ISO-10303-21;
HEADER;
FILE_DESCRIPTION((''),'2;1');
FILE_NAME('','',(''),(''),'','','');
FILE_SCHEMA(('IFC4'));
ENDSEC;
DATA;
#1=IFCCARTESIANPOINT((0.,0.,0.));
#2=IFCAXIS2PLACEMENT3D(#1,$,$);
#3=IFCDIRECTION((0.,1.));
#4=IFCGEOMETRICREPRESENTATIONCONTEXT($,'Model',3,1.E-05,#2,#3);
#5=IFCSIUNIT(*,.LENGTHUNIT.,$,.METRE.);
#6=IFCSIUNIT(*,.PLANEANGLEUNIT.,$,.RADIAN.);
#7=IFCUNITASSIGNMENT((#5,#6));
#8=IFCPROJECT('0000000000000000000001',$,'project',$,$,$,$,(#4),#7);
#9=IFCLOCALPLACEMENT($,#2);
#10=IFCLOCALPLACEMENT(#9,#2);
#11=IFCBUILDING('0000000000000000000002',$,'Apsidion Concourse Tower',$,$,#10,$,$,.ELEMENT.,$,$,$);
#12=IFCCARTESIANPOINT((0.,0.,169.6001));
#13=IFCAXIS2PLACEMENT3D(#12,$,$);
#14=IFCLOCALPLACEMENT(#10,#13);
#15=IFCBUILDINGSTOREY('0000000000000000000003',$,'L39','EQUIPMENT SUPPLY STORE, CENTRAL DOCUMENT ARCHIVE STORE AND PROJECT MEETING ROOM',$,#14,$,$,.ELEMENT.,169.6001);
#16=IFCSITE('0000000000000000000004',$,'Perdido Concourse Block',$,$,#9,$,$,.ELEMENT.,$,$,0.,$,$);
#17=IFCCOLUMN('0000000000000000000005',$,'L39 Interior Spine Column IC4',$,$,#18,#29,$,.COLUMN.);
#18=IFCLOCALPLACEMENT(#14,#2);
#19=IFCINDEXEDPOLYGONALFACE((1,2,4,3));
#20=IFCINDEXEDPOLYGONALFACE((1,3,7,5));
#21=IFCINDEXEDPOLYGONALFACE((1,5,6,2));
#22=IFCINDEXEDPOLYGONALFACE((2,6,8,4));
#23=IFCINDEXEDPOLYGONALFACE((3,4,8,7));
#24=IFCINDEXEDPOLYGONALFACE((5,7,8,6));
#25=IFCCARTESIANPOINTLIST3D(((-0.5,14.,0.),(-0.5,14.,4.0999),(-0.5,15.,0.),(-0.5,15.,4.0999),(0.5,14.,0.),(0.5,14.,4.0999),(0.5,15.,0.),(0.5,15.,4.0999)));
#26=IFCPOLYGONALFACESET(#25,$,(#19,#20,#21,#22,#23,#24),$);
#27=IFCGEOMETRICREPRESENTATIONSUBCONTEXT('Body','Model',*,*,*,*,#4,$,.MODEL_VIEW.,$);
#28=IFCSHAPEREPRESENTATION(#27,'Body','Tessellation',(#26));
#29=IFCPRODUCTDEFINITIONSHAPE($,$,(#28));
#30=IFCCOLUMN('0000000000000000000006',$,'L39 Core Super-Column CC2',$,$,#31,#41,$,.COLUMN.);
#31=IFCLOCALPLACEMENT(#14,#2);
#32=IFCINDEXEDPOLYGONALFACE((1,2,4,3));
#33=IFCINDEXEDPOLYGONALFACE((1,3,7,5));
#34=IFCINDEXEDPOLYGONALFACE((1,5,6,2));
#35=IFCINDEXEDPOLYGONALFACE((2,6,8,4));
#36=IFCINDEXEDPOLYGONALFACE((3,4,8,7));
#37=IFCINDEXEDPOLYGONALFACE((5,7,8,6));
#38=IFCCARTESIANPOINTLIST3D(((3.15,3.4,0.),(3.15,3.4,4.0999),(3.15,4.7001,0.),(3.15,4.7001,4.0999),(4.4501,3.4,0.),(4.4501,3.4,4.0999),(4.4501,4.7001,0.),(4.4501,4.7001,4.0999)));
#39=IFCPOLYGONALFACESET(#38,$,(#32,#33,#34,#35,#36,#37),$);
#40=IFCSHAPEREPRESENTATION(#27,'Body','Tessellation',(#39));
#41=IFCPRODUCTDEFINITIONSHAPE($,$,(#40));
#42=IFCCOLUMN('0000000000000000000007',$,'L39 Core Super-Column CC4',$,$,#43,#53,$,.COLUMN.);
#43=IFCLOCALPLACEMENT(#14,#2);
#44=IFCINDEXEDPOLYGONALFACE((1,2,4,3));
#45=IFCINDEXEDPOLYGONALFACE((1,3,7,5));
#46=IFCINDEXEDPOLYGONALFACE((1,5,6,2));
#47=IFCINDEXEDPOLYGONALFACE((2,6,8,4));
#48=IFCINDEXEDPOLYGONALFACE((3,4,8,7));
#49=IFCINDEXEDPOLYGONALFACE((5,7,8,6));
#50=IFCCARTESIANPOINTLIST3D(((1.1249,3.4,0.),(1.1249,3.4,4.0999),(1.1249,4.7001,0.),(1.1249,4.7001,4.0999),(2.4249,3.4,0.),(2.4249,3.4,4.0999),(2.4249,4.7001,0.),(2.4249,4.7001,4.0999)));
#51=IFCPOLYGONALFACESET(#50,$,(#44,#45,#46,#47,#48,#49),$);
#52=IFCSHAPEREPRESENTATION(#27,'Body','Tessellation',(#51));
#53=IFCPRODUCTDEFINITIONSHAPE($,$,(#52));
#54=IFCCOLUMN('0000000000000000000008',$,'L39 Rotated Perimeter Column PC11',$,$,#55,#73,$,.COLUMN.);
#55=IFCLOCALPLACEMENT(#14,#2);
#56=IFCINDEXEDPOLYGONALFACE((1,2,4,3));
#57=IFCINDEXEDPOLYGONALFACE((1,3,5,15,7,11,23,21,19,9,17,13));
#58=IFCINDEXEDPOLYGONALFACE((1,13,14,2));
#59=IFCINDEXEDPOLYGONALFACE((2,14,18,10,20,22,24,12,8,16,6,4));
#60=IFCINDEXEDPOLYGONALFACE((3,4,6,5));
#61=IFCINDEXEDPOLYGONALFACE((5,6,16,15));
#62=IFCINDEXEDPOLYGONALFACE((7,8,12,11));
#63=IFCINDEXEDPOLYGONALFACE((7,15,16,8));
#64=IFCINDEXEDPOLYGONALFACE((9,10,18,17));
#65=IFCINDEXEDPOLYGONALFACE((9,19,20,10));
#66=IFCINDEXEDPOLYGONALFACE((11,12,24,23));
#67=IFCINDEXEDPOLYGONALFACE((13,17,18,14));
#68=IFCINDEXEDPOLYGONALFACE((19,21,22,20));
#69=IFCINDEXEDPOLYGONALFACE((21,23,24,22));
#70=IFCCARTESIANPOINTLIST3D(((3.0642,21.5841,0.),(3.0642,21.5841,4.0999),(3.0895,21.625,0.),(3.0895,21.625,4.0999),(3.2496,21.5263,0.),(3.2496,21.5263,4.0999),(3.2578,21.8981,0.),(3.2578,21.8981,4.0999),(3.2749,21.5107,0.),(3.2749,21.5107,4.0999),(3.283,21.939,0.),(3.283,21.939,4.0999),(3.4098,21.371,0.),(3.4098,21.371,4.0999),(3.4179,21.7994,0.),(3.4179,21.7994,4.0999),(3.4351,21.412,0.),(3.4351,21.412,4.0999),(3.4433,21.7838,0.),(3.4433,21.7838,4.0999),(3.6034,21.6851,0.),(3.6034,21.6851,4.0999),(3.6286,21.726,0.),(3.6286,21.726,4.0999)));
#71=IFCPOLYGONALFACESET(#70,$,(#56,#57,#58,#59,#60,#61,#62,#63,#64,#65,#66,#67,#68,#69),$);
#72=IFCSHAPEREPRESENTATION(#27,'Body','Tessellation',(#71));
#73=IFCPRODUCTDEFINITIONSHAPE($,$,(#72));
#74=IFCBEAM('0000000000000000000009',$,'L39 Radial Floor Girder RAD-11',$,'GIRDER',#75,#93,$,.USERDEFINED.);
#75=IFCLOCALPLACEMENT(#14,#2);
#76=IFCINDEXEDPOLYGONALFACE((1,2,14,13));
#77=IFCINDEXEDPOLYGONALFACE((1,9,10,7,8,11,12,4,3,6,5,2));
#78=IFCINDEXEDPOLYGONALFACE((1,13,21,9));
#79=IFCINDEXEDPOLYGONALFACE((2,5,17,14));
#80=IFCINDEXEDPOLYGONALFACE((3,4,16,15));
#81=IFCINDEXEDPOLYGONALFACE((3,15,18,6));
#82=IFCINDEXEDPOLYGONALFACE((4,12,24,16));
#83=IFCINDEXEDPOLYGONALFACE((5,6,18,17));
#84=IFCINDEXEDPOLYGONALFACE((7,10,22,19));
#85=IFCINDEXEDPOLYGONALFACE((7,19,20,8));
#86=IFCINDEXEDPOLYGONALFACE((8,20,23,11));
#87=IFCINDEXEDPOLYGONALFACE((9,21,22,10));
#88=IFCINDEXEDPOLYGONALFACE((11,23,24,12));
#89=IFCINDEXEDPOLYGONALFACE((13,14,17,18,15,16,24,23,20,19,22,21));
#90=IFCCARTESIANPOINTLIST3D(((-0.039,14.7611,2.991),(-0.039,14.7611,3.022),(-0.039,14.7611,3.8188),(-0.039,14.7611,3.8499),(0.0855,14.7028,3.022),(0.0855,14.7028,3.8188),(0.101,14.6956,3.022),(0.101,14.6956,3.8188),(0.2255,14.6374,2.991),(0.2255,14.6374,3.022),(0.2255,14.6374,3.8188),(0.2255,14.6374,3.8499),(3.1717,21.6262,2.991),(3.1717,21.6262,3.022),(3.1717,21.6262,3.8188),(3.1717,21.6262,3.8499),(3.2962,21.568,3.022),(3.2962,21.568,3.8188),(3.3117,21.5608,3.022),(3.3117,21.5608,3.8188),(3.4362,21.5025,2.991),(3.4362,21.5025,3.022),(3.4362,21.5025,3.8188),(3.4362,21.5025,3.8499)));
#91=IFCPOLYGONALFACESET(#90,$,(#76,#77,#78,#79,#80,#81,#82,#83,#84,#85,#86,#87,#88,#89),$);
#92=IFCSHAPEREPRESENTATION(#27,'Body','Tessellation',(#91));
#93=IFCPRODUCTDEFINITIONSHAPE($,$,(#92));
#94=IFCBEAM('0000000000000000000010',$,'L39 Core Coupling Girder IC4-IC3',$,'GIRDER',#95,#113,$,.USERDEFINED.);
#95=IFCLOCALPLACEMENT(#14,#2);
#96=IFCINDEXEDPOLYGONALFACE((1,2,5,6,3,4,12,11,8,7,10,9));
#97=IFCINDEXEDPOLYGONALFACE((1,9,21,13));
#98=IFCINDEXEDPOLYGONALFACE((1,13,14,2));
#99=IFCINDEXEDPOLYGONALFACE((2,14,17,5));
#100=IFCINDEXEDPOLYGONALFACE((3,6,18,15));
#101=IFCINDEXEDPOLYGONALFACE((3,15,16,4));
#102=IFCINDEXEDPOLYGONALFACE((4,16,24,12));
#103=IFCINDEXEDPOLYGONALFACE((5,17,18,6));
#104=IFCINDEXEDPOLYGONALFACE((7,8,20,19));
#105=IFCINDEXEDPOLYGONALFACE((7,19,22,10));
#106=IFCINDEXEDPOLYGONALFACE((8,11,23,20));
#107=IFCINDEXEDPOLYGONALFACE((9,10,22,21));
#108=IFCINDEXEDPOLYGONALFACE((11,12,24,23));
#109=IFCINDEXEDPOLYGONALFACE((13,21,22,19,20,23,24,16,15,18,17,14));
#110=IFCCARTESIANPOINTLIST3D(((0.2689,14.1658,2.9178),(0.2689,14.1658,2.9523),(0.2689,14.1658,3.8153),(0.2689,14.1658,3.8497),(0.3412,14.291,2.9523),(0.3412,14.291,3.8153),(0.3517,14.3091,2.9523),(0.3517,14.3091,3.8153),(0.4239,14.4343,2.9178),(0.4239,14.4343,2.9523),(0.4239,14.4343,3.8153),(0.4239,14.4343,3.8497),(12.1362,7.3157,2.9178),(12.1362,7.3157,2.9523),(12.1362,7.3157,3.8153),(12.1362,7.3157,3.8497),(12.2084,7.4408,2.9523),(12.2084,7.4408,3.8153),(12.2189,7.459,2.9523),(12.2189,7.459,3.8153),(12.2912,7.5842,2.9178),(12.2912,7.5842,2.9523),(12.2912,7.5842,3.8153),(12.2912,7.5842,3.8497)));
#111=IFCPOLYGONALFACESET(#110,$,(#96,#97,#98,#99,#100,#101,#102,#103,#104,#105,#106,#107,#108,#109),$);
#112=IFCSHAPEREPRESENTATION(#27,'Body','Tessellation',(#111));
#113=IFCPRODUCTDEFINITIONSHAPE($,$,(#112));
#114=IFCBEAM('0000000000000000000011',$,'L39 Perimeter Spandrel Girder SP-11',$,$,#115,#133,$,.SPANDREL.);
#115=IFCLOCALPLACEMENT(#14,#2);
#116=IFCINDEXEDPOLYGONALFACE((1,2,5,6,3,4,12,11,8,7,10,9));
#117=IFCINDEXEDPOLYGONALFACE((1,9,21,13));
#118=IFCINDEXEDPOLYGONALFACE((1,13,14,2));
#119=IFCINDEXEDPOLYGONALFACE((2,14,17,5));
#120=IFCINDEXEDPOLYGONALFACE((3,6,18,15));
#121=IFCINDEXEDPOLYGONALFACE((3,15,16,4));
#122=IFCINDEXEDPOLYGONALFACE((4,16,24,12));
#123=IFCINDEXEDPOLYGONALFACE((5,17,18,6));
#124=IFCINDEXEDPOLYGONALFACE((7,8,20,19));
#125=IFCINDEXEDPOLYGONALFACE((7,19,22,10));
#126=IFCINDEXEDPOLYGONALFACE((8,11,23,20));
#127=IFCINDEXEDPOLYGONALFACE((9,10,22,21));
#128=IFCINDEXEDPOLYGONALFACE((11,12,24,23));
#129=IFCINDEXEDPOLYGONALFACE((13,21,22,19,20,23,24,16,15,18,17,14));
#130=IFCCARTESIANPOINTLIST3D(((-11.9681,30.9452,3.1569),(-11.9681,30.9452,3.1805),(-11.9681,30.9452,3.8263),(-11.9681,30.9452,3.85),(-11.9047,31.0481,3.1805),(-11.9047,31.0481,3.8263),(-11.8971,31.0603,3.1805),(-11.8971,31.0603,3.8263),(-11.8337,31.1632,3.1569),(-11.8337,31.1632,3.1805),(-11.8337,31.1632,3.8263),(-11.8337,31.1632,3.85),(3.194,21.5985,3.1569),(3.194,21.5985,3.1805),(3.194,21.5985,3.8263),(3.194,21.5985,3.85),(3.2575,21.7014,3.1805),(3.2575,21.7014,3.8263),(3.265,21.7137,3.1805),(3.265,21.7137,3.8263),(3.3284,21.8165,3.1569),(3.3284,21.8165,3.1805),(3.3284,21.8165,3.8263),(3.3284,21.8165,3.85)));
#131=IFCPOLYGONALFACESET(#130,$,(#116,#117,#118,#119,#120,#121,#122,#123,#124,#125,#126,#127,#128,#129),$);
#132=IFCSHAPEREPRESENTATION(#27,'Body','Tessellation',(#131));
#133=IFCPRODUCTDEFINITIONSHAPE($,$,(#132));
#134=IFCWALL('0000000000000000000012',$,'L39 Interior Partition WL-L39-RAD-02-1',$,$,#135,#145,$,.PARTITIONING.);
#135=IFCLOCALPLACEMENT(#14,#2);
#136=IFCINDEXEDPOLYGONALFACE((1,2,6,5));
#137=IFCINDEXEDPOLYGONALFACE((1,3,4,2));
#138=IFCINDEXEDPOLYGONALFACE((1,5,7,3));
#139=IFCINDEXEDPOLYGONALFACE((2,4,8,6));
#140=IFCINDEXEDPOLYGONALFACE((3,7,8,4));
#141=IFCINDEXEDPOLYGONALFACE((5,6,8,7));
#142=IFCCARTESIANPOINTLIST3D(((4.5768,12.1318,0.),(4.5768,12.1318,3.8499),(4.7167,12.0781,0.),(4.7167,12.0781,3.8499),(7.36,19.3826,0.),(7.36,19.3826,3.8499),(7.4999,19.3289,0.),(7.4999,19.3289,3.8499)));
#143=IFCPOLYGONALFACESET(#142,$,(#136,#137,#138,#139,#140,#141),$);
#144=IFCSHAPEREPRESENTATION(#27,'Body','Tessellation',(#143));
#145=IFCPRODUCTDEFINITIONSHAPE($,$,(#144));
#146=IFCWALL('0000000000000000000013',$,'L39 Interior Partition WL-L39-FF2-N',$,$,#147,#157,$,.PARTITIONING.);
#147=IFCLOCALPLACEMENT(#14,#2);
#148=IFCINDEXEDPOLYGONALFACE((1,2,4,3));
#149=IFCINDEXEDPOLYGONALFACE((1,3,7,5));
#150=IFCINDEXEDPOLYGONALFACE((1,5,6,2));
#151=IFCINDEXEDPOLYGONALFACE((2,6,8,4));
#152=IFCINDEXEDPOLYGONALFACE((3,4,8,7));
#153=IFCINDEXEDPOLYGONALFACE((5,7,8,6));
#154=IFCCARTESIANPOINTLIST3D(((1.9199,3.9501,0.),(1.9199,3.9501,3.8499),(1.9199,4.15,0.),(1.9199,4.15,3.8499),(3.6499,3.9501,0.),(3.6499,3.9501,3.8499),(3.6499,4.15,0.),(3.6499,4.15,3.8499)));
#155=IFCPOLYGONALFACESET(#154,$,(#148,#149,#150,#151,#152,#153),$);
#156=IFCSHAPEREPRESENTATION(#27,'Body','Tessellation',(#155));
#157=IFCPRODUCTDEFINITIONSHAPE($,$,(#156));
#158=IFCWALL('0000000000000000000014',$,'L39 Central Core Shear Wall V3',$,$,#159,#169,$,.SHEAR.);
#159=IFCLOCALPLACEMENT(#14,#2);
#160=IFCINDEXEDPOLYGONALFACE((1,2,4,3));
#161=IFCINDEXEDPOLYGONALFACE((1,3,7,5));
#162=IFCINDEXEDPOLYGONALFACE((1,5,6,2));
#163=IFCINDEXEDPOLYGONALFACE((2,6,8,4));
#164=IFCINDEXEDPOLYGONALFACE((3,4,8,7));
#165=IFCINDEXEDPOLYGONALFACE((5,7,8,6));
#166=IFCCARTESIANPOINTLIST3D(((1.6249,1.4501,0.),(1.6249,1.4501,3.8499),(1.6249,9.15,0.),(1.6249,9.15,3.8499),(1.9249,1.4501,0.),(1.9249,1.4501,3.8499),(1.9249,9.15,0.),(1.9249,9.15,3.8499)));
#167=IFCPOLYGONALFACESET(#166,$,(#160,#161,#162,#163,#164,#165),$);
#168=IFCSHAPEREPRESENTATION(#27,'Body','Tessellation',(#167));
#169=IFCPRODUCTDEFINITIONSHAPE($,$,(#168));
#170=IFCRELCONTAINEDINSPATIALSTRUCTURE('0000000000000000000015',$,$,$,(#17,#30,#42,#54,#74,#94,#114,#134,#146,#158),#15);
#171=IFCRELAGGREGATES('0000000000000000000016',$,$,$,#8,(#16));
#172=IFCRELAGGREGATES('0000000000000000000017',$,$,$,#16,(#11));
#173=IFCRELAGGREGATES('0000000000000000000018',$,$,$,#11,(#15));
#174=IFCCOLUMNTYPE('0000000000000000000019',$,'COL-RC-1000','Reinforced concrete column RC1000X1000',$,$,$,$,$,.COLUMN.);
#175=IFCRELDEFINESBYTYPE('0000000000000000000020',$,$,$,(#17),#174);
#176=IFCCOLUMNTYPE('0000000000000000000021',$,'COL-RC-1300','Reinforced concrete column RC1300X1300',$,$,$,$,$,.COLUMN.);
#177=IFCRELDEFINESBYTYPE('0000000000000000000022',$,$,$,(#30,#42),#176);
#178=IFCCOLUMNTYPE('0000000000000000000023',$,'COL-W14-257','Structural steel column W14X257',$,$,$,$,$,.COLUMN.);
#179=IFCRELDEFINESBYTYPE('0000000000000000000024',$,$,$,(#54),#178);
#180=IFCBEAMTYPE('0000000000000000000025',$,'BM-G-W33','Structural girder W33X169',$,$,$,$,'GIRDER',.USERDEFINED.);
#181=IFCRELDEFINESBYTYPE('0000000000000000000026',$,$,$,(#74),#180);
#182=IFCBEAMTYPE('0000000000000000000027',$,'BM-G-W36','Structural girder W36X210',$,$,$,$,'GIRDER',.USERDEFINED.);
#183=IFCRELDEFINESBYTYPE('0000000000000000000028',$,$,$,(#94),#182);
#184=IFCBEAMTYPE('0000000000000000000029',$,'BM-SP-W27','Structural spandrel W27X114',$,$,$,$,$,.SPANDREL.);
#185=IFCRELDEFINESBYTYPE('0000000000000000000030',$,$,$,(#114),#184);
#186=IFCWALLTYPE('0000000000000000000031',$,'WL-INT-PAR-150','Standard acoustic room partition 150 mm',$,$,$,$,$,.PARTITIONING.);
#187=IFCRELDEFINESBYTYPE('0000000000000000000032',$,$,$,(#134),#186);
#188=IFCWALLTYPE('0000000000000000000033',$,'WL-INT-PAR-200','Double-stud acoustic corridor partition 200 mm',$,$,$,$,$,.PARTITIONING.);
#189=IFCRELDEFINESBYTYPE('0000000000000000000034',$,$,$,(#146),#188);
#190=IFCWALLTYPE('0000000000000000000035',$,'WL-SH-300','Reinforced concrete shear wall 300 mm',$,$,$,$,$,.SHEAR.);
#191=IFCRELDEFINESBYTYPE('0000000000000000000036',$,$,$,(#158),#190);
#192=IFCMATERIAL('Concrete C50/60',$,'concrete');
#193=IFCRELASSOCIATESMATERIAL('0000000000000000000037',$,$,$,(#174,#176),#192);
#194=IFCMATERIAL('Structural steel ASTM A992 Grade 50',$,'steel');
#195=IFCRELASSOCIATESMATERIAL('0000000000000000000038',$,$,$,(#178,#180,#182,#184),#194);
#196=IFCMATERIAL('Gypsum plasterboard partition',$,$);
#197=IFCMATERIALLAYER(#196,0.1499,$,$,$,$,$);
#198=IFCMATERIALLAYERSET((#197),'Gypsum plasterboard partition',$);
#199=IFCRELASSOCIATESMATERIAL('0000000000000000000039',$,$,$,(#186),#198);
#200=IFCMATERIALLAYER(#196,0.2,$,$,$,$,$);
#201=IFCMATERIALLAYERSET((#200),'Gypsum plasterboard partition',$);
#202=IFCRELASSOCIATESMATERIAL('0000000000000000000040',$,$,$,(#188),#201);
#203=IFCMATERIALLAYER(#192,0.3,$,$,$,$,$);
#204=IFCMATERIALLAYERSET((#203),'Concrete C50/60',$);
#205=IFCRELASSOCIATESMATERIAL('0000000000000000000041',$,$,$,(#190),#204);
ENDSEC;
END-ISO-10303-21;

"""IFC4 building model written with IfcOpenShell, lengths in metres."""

from ifc_helpers import new_model, si_unit, direction, frame, frame_2d, origin, origin_2d, place, context, subcontext, project, spatial, rectangle, i_section, extrude, material, layer, layer_set, material_profile, profile_set, type_object, element, save


model = new_model("IFC4")

# Units and contexts
model_context = context("Model", 3, precision=1e-05, world=origin(), true_north=direction((0.0, 1.0)))
body_context = subcontext(model_context, "Body", "Model", "MODEL_VIEW")
ifc_project = project(units=[si_unit("LENGTHUNIT", "METRE"), si_unit("PLANEANGLEUNIT", "RADIAN")], contexts=[model_context])

# Site, building, storey
site_placement = place(None, origin())
site = spatial("IfcSite", under=ifc_project, at=site_placement, Name="Perdido Concourse Block", CompositionType="ELEMENT", RefElevation=0.0)
building_placement = place(site_placement, origin())
building = spatial("IfcBuilding", under=site, at=building_placement, Name="Apsidion Concourse Tower", CompositionType="ELEMENT")
storey_placement = place(building_placement, frame((0.0, 0.0, 169.6001)))
storey = spatial("IfcBuildingStorey", under=building, at=storey_placement, Name="L39", Description="EQUIPMENT SUPPLY STORE, CENTRAL DOCUMENT ARCHIVE STORE AND PROJECT MEETING ROOM", CompositionType="ELEMENT", Elevation=169.6001)

# Columns
ifc_material_1 = material(Name="Concrete C50/60", Category="concrete")
ifc_material_profile_1 = material_profile(ifc_material_1, rectangle(XDim=1.0, YDim=1.0, at=origin_2d()), Name="RC 1000x1000")
ifc_profile_set_1 = profile_set([ifc_material_profile_1], Name="Concrete C50/60")
column_type_1 = type_object("IfcColumnType", Name="COL-RC-1000", Description="Reinforced concrete column RC1000X1000", PredefinedType="COLUMN", material=ifc_profile_set_1)
column_1_placement = place(storey_placement, frame((0.0, 14.5, 0.0), z_axis=(0.0, 0.0, 1.0), x_axis=(1.0, 0.0, 0.0)))
element("IfcColumn", 1, at=column_1_placement, inside=storey, type_object=column_type_1, Name="L39 Interior Spine Column IC4", PredefinedType="COLUMN", context=body_context, shape_type="SweptSolid", body=[
    extrude(rectangle(XDim=1.0, YDim=1.0, at=origin_2d()), origin(), (0.0, 0.0, 1.0), 4.0999),
])
ifc_material_profile_2 = material_profile(ifc_material_1, rectangle(XDim=1.3, YDim=1.3, at=origin_2d()), Name="RC 1300x1300")
ifc_profile_set_2 = profile_set([ifc_material_profile_2], Name="Concrete C50/60")
column_type_2 = type_object("IfcColumnType", Name="COL-RC-1300", Description="Reinforced concrete column RC1300X1300", PredefinedType="COLUMN", material=ifc_profile_set_2)
for number, where, z_axis, x_axis, name in (
    (2, (3.8, 4.05, 0.0), (0.0, 0.0, 1.0), (1.0, 0.0, 0.0), "L39 Core Super-Column CC2"),
    (3, (1.7749, 4.05, 0.0), (0.0, 0.0, 1.0), (1.0, 0.0, 0.0), "L39 Core Super-Column CC4"),
):
    element("IfcColumn", number, at=place(storey_placement, frame(where, z_axis=z_axis, x_axis=x_axis)), inside=storey, type_object=column_type_2, Name=name, PredefinedType="COLUMN", context=body_context, shape_type="SweptSolid", body=[
        extrude(rectangle(XDim=1.3, YDim=1.3, at=origin_2d()), origin(), (0.0, 0.0, 1.0), 4.0999),
    ])
ifc_material_2 = material(Name="Structural steel ASTM A992 Grade 50", Category="steel")
ifc_material_profile_3 = material_profile(ifc_material_2, i_section(OverallWidth=0.406, OverallDepth=0.417, WebThickness=0.0298, FlangeThickness=0.0481, at=origin_2d()), Name="W14X257")
ifc_profile_set_3 = profile_set([ifc_material_profile_3], Name="Structural steel ASTM A992 Grade 50")
column_type_3 = type_object("IfcColumnType", Name="COL-W14-257", Description="Structural steel column W14X257", PredefinedType="COLUMN", material=ifc_profile_set_3)
column_2_placement = place(storey_placement, frame((3.3464, 21.655, 0.0), z_axis=(0.0, 0.0, 1.0), x_axis=(-0.851269, 0.524729, 0.0)))
element("IfcColumn", 4, at=column_2_placement, inside=storey, type_object=column_type_3, Name="L39 Rotated Perimeter Column PC11", PredefinedType="COLUMN", context=body_context, shape_type="SweptSolid", body=[
    extrude(i_section(OverallWidth=0.406, OverallDepth=0.417, WebThickness=0.0298, FlangeThickness=0.0481, at=origin_2d()), origin(), (0.0, 0.0, 1.0), 4.0999),
])

# Beams
ifc_material_profile_4 = material_profile(ifc_material_2, i_section(OverallWidth=0.292, OverallDepth=0.8589, WebThickness=0.0171, FlangeThickness=0.031, at=origin_2d()), Name="W33X169")
ifc_profile_set_4 = profile_set([ifc_material_profile_4], Name="Structural steel ASTM A992 Grade 50")
beam_type_1 = type_object("IfcBeamType", Name="BM-G-W33", Description="Structural girder W33X169", ElementType="GIRDER", PredefinedType="USERDEFINED", material=ifc_profile_set_4)
beam_1_placement = place(storey_placement, frame((0.0933, 14.6992, 3.4204), z_axis=(0.423635, 0.905833, 0.0), x_axis=(-0.905833, 0.423635, 0.0)))
element("IfcBeam", 5, at=beam_1_placement, inside=storey, type_object=beam_type_1, Name="L39 Radial Floor Girder RAD-11", ObjectType="GIRDER", PredefinedType="USERDEFINED", context=body_context, shape_type="SweptSolid", body=[
    extrude(i_section(OverallWidth=0.292, OverallDepth=0.8589, WebThickness=0.0171, FlangeThickness=0.031, at=origin_2d()), origin(), (0.0, 0.0, 1.0), 7.5789),
])
ifc_material_profile_5 = material_profile(ifc_material_2, i_section(OverallWidth=0.3101, OverallDepth=0.9319, WebThickness=0.021, FlangeThickness=0.0344, at=origin_2d()), Name="W36X210")
ifc_profile_set_5 = profile_set([ifc_material_profile_5], Name="Structural steel ASTM A992 Grade 50")
beam_type_2 = type_object("IfcBeamType", Name="BM-G-W36", Description="Structural girder W36X210", ElementType="GIRDER", PredefinedType="USERDEFINED", material=ifc_profile_set_5)
beam_2_placement = place(storey_placement, frame((0.3464, 14.3, 3.3838), z_axis=(0.86607, -0.499922, 0.0), x_axis=(0.499922, 0.86607, 0.0)))
element("IfcBeam", 6, at=beam_2_placement, inside=storey, type_object=beam_type_2, Name="L39 Core Coupling Girder IC4-IC3", ObjectType="GIRDER", PredefinedType="USERDEFINED", context=body_context, shape_type="SweptSolid", body=[
    extrude(i_section(OverallWidth=0.3101, OverallDepth=0.9319, WebThickness=0.021, FlangeThickness=0.0344, at=origin_2d()), origin(), (0.0, 0.0, 1.0), 13.7024),
])
ifc_material_profile_6 = material_profile(ifc_material_2, i_section(OverallWidth=0.2561, OverallDepth=0.6931, WebThickness=0.0144, FlangeThickness=0.0237, at=origin_2d()), Name="W27X114")
ifc_profile_set_6 = profile_set([ifc_material_profile_6], Name="Structural steel ASTM A992 Grade 50")
beam_type_3 = type_object("IfcBeamType", Name="BM-SP-W27", Description="Structural spandrel W27X114", PredefinedType="SPANDREL", material=ifc_profile_set_6)
beam_3_placement = place(storey_placement, frame((3.2612, 21.7075, 3.5034), z_axis=(-0.851253, 0.524755, 0.0), x_axis=(-0.524755, -0.851253, 0.0)))
element("IfcBeam", 7, at=beam_3_placement, inside=storey, type_object=beam_type_3, Name="L39 Perimeter Spandrel Girder SP-11", PredefinedType="SPANDREL", context=body_context, shape_type="SweptSolid", body=[
    extrude(i_section(OverallWidth=0.2561, OverallDepth=0.6931, WebThickness=0.0144, FlangeThickness=0.0237, at=origin_2d()), origin(), (0.0, 0.0, 1.0), 17.8115),
])

# Walls
ifc_material_3 = material(Name="Gypsum plasterboard partition")
ifc_layer_1 = layer(ifc_material_3, 0.1499)
ifc_layer_set_1 = layer_set([ifc_layer_1], Name="Gypsum plasterboard partition")
wall_type_1 = type_object("IfcWallType", Name="WL-INT-PAR-150", Description="Standard acoustic room partition 150 mm", PredefinedType="PARTITIONING", material=ifc_layer_set_1)
wall_1_placement = place(storey_placement, frame((4.6467, 12.105, 0.0), z_axis=(0.0, 0.0, 1.0), x_axis=(0.358358, 0.933584, 0.0)))
element("IfcWall", 8, at=wall_1_placement, inside=storey, type_object=wall_type_1, Name="L39 Interior Partition WL-L39-RAD-02-1", PredefinedType="PARTITIONING", context=body_context, shape_type="SweptSolid", body=[
    extrude(rectangle(XDim=7.7666, YDim=0.1499, at=frame_2d((3.8833, 0.0))), origin(), (0.0, 0.0, 1.0), 3.8499),
])
ifc_layer_2 = layer(ifc_material_3, 0.2)
ifc_layer_set_2 = layer_set([ifc_layer_2], Name="Gypsum plasterboard partition")
wall_type_2 = type_object("IfcWallType", Name="WL-INT-PAR-200", Description="Double-stud acoustic corridor partition 200 mm", PredefinedType="PARTITIONING", material=ifc_layer_set_2)
wall_2_placement = place(storey_placement, frame((1.9199, 4.05, 0.0), z_axis=(0.0, 0.0, 1.0), x_axis=(1.0, 0.0, 0.0)))
element("IfcWall", 9, at=wall_2_placement, inside=storey, type_object=wall_type_2, Name="L39 Interior Partition WL-L39-FF2-N", PredefinedType="PARTITIONING", context=body_context, shape_type="SweptSolid", body=[
    extrude(rectangle(XDim=1.73, YDim=0.2, at=frame_2d((0.865, 0.0))), origin(), (0.0, 0.0, 1.0), 3.8499),
])
ifc_layer_3 = layer(ifc_material_1, 0.3)
ifc_layer_set_3 = layer_set([ifc_layer_3], Name="Concrete C50/60")
wall_type_3 = type_object("IfcWallType", Name="WL-SH-300", Description="Reinforced concrete shear wall 300 mm", PredefinedType="SHEAR", material=ifc_layer_set_3)
for number, where, z_axis, x_axis, name in (
    (10, (1.7749, 1.45, 0.0), (0.0, 0.0, 1.0), (0.0, 1.0, 0.0), "L39 Central Core Shear Wall V3"),
):
    element("IfcWall", number, at=place(storey_placement, frame(where, z_axis=z_axis, x_axis=x_axis)), inside=storey, type_object=wall_type_3, Name=name, PredefinedType="SHEAR", context=body_context, shape_type="SweptSolid", body=[
        extrude(rectangle(XDim=7.7, YDim=0.3, at=frame_2d((3.8501, 0.0))), origin(), (0.0, 0.0, 1.0), 3.8499),
    ])

save(model, "model.ifc")
